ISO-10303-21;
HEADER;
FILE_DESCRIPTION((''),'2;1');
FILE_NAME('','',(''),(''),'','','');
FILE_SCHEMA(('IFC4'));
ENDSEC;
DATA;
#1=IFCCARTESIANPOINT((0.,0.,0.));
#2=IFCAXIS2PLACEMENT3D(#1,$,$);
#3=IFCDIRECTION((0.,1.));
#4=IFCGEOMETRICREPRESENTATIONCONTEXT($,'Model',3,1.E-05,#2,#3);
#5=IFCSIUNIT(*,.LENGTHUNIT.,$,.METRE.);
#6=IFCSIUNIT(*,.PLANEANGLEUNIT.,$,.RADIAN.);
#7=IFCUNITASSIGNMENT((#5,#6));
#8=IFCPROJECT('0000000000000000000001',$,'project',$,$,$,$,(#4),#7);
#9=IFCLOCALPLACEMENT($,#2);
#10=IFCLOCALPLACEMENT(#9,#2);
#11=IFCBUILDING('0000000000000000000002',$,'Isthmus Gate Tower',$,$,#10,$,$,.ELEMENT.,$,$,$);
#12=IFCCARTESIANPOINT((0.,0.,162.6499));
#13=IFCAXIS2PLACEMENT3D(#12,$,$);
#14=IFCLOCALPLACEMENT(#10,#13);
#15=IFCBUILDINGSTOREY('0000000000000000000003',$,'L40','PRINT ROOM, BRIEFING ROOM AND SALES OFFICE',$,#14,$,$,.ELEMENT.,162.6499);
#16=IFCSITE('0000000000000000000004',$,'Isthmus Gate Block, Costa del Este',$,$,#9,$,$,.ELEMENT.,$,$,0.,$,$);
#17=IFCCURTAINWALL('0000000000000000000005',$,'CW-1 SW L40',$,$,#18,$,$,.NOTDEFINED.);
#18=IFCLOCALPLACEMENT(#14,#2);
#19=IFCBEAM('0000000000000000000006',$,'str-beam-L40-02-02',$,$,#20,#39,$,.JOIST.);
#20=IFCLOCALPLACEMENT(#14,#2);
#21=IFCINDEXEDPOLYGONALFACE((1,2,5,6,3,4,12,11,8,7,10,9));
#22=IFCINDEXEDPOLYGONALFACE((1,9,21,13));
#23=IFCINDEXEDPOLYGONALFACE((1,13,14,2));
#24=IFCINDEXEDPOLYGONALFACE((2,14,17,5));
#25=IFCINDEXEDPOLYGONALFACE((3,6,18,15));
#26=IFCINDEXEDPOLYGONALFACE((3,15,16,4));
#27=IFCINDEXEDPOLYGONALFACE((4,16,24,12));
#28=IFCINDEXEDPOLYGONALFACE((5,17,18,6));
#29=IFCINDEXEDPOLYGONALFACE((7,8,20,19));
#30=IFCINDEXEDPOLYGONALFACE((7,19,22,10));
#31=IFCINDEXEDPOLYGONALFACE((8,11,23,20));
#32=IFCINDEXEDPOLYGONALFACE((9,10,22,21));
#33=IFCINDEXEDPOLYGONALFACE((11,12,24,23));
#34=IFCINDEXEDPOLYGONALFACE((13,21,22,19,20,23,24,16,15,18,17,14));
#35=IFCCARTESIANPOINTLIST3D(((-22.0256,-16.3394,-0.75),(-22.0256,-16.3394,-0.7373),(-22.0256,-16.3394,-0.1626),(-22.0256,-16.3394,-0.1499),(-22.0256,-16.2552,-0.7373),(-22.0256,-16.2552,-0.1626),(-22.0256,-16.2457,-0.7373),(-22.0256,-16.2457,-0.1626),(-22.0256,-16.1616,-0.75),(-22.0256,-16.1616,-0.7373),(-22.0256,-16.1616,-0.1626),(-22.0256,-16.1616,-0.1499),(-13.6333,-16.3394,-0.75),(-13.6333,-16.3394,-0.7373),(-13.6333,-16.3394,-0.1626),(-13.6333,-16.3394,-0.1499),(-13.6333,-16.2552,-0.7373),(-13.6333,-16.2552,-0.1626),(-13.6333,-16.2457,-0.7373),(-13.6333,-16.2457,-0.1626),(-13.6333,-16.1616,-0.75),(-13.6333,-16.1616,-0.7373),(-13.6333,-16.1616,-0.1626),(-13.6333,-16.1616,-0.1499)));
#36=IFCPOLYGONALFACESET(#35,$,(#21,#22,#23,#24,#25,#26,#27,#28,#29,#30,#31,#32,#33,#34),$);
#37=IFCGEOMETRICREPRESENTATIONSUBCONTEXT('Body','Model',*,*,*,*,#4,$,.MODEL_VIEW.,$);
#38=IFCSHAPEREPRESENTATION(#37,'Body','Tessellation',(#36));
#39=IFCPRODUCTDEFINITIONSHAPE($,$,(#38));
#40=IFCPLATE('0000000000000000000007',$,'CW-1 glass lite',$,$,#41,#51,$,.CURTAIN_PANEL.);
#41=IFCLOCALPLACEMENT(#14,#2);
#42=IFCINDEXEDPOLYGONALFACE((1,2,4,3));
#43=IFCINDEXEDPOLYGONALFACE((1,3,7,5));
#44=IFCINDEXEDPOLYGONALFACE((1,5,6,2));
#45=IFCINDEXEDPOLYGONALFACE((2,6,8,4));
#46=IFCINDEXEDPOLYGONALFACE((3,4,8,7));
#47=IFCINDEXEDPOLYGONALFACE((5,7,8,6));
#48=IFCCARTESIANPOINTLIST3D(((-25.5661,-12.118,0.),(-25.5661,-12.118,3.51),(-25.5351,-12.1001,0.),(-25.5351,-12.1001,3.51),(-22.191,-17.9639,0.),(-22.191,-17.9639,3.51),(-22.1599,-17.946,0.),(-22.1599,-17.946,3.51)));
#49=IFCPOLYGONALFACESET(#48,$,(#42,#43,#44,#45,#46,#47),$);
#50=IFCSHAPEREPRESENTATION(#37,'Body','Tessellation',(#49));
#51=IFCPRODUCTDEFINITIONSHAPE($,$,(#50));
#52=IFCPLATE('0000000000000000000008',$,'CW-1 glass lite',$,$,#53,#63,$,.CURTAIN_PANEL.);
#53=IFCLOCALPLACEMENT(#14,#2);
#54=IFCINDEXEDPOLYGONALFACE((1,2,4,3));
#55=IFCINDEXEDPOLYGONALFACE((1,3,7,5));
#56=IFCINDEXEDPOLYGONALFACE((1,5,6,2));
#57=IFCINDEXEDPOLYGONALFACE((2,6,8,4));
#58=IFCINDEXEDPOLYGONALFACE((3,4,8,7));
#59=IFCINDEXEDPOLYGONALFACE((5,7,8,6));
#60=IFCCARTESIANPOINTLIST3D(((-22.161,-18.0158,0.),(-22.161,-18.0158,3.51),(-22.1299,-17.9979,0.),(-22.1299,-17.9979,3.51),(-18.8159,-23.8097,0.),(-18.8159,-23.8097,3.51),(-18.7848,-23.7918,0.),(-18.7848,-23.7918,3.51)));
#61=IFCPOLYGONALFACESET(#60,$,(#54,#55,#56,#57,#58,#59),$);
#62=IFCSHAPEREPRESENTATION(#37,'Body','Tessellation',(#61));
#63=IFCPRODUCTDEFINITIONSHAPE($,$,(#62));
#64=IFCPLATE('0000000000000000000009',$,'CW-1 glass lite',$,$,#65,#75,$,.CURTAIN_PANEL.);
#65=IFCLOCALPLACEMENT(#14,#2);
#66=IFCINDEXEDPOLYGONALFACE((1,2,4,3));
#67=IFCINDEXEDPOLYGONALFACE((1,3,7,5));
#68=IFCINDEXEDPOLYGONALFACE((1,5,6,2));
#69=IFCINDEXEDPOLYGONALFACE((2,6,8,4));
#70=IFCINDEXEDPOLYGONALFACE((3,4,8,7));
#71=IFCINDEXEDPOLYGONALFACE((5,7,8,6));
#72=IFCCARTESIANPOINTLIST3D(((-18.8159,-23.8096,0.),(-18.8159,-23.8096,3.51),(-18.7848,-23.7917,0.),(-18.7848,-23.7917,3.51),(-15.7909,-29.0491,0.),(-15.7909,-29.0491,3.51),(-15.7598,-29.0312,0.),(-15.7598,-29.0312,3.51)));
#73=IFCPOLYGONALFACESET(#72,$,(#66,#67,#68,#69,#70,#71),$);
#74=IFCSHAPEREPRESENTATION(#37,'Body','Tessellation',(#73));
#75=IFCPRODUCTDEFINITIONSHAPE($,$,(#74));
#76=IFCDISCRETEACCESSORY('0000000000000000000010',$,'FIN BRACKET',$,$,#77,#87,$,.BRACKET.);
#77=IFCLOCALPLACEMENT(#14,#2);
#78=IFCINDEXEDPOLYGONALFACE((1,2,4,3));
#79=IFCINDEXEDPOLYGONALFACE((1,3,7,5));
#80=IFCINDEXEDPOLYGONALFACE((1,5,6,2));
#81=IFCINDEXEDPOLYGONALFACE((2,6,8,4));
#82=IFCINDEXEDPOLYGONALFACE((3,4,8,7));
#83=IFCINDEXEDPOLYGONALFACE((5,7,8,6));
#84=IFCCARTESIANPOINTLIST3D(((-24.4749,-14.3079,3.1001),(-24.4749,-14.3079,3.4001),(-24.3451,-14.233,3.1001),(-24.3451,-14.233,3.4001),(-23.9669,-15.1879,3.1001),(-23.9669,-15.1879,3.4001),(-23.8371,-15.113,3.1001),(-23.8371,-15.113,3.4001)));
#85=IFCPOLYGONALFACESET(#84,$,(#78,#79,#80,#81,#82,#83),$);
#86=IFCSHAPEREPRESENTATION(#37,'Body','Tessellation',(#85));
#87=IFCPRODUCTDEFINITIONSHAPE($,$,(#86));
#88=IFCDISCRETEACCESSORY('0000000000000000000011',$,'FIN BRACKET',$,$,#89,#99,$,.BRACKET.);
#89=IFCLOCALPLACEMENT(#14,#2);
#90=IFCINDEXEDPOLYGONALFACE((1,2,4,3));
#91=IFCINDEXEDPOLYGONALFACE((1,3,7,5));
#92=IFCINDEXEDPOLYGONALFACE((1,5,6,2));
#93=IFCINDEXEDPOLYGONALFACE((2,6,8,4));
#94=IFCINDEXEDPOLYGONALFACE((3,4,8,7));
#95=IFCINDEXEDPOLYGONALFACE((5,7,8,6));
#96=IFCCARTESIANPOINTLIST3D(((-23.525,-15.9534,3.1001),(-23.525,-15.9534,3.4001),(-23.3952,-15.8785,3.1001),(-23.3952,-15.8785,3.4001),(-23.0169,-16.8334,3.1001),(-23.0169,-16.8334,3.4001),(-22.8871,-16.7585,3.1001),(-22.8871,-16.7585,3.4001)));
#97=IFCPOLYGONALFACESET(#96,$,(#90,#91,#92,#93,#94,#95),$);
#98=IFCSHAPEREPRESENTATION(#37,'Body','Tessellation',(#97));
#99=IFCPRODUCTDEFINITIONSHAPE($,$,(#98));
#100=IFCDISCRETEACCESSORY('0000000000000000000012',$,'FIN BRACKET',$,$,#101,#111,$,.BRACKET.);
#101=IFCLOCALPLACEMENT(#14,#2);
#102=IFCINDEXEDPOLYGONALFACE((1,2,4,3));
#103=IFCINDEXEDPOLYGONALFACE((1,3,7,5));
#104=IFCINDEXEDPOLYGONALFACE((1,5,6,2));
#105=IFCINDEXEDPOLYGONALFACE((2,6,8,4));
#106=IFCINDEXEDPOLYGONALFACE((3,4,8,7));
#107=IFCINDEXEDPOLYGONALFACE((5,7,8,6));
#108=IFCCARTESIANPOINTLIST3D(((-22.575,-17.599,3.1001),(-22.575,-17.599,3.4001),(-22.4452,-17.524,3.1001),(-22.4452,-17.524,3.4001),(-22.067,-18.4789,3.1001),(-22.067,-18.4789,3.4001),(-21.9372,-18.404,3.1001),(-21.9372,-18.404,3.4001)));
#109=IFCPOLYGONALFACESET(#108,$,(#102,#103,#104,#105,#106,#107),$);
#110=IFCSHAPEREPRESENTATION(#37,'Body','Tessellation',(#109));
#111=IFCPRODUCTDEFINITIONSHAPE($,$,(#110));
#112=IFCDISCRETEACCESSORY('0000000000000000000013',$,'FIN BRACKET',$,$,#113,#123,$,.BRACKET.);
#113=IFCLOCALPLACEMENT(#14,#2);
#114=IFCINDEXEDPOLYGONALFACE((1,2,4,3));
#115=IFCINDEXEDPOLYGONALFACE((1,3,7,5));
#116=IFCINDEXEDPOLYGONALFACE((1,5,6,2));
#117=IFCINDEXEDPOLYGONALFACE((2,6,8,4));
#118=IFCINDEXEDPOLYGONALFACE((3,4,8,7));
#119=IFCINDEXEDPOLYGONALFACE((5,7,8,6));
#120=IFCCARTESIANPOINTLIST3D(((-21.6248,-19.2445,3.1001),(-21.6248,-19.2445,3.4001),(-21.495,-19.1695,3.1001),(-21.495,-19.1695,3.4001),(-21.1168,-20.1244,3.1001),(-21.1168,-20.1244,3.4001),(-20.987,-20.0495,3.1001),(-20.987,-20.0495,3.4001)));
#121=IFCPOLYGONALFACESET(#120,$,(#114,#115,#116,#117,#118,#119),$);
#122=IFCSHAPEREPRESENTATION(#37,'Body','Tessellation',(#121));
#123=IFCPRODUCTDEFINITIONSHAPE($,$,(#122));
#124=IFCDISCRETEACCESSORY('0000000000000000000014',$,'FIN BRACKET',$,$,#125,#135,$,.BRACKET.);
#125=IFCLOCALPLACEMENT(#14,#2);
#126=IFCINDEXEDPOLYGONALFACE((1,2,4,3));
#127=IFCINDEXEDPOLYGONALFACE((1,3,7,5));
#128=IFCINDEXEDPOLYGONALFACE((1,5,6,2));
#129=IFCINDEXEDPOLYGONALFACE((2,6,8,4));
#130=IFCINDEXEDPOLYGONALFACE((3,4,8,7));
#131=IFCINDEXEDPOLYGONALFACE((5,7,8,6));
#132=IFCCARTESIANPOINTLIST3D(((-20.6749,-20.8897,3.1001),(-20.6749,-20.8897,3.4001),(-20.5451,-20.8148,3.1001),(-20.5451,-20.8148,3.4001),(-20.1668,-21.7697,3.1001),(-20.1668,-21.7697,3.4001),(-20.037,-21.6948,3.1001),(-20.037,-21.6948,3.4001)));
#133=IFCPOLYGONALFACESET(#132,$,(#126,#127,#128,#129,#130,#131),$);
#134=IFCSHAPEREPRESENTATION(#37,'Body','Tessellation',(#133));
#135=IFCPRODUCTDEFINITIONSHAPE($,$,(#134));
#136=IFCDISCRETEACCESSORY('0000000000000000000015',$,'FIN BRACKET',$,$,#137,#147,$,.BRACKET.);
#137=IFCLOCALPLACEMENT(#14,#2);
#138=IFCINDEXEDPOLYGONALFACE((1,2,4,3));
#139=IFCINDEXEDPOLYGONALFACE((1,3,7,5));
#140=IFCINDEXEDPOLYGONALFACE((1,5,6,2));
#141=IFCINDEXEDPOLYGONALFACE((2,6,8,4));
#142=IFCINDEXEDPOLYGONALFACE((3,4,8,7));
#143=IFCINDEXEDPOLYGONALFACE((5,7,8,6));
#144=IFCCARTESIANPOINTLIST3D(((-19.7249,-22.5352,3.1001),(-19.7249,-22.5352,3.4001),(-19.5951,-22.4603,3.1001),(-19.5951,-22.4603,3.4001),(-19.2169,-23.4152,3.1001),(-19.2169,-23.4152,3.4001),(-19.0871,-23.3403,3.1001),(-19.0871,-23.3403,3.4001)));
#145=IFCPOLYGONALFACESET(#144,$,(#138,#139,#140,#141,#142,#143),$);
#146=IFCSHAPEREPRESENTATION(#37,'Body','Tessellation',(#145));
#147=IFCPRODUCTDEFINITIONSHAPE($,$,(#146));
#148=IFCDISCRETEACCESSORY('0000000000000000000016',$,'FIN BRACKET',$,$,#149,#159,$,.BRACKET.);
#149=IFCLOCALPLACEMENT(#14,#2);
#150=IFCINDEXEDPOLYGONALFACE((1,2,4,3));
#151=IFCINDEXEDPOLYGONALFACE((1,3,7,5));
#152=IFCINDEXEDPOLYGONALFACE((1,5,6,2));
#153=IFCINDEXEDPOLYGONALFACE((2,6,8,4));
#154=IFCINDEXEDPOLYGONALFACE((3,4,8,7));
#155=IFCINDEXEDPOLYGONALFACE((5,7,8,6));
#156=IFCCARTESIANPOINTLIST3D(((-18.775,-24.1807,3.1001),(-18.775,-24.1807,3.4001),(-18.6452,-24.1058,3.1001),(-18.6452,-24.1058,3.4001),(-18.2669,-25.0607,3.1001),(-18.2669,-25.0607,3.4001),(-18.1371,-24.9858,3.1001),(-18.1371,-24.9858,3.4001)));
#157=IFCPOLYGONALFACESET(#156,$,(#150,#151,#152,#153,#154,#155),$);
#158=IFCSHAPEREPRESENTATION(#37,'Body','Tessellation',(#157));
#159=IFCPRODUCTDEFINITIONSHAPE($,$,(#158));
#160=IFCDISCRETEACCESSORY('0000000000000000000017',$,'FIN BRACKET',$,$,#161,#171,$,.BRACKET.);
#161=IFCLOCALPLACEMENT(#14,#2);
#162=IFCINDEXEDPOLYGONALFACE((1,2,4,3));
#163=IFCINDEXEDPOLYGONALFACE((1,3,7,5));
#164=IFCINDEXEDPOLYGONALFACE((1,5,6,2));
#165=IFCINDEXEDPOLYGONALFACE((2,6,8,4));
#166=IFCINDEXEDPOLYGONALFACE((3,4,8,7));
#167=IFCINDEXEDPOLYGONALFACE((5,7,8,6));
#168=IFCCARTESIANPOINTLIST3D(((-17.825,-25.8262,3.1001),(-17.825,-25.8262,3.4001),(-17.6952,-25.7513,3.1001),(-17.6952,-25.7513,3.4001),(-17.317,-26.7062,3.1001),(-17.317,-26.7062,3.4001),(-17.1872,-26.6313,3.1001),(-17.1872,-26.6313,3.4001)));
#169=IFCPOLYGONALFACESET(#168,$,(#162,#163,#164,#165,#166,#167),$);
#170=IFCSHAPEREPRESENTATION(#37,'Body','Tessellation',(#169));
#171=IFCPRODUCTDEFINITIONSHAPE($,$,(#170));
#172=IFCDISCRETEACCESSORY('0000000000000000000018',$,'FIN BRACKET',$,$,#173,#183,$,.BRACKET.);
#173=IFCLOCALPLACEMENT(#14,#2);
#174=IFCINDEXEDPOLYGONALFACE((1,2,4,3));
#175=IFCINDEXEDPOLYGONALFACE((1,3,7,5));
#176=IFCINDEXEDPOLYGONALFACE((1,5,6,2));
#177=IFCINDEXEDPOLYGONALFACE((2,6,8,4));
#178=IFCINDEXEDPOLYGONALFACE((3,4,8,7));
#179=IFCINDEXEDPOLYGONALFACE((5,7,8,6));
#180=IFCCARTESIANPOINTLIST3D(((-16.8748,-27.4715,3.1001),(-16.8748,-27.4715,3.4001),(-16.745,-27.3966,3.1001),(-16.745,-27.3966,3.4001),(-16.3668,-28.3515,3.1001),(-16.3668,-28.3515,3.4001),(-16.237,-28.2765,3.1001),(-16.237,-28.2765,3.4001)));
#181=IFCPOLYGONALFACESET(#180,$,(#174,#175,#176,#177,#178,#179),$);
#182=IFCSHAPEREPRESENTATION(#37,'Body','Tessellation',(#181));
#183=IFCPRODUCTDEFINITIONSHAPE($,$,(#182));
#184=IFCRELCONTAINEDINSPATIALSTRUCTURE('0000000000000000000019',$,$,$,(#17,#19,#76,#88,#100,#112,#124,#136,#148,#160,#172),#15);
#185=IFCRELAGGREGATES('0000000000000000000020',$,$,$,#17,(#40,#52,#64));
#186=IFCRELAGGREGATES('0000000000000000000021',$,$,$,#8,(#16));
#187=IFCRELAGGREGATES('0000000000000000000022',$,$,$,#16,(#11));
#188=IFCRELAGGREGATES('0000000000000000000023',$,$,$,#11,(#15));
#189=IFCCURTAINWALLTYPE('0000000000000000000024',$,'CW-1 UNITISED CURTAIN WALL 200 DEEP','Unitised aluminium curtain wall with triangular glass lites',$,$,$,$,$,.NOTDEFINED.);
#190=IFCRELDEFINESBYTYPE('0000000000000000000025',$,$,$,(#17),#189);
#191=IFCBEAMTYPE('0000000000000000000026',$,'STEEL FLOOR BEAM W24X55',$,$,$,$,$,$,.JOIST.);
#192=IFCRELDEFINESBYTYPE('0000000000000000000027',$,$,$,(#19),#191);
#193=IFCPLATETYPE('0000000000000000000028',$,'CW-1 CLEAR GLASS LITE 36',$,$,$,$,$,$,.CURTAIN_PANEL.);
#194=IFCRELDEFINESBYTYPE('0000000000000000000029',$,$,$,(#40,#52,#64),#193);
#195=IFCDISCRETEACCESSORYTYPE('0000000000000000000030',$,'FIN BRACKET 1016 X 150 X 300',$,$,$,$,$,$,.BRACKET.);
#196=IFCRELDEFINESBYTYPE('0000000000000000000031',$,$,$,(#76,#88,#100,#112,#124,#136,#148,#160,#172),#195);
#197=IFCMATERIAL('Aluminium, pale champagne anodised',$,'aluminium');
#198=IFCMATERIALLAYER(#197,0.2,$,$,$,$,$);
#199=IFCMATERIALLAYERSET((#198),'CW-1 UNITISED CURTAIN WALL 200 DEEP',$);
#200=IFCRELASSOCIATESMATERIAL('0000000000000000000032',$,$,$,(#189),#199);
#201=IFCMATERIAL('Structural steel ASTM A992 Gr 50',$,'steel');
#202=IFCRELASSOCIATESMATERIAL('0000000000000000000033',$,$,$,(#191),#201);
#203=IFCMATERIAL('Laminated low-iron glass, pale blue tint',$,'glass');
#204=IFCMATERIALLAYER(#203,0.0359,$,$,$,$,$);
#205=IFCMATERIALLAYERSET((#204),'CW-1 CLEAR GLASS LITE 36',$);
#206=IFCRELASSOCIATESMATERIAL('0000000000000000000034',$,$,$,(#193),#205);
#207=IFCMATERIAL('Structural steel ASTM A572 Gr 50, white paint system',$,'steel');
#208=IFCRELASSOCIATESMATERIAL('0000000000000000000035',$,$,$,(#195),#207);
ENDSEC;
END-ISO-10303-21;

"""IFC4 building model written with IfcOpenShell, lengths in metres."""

from ifc_helpers import new_model, si_unit, direction, frame, origin, origin_2d, place, context, subcontext, project, spatial, rectangle, i_section, extrude, material, layer, layer_set, material_profile, profile_set, type_object, element, aggregate, save


model = new_model("IFC4")

# Units and contexts
model_context = context("Model", 3, precision=1e-05, world=origin(), true_north=direction((0.0, 1.0)))
body_context = subcontext(model_context, "Body", "Model", "MODEL_VIEW")
ifc_project = project(units=[si_unit("LENGTHUNIT", "METRE"), si_unit("PLANEANGLEUNIT", "RADIAN")], contexts=[model_context])

# Site, building, storey
site_placement = place(None, origin())
site = spatial("IfcSite", under=ifc_project, at=site_placement, Name="Isthmus Gate Block, Costa del Este", CompositionType="ELEMENT", RefElevation=0.0)
building_placement = place(site_placement, origin())
building = spatial("IfcBuilding", under=site, at=building_placement, Name="Isthmus Gate Tower", CompositionType="ELEMENT")
storey_placement = place(building_placement, frame((0.0, 0.0, 162.6499)))
storey = spatial("IfcBuildingStorey", under=building, at=storey_placement, Name="L40", Description="PRINT ROOM, BRIEFING ROOM AND SALES OFFICE", CompositionType="ELEMENT", Elevation=162.6499)

# Curtain wall
ifc_material_1 = material(Name="Aluminium, pale champagne anodised", Category="aluminium")
ifc_layer_1 = layer(ifc_material_1, 0.2)
ifc_layer_set_1 = layer_set([ifc_layer_1], Name="CW-1 UNITISED CURTAIN WALL 200 DEEP")
curtain_wall_type = type_object("IfcCurtainWallType", Name="CW-1 UNITISED CURTAIN WALL 200 DEEP", Description="Unitised aluminium curtain wall with triangular glass lites", PredefinedType="NOTDEFINED", material=ifc_layer_set_1)
curtain_wall_1_placement = place(storey_placement, origin())
curtain_wall_1 = element("IfcCurtainWall", 1, at=curtain_wall_1_placement, inside=storey, type_object=curtain_wall_type, Name="CW-1 SW L40", PredefinedType="NOTDEFINED")

# Beam
ifc_material_2 = material(Name="Structural steel ASTM A992 Gr 50", Category="steel")
ifc_material_profile_1 = material_profile(ifc_material_2, i_section(OverallWidth=0.1777, OverallDepth=0.6001, WebThickness=0.0095, FlangeThickness=0.0127, at=origin_2d()), Name="W24X55")
ifc_profile_set_1 = profile_set([ifc_material_profile_1], Name="Structural steel ASTM A992 Gr 50")
beam_type_1 = type_object("IfcBeamType", Name="STEEL FLOOR BEAM W24X55", PredefinedType="JOIST", material=ifc_profile_set_1)
beam_1_placement = place(storey_placement, frame((-22.0256, -16.2505, -0.45), z_axis=(1.0, 0.0, 0.0), x_axis=(0.0, 1.0, 0.0)))
element("IfcBeam", 2, at=beam_1_placement, inside=storey, type_object=beam_type_1, Name="str-beam-L40-02-02", PredefinedType="JOIST", context=body_context, shape_type="SweptSolid", body=[
    extrude(i_section(OverallWidth=0.1777, OverallDepth=0.6001, WebThickness=0.0095, FlangeThickness=0.0127, at=origin_2d()), origin(), (0.0, 0.0, 1.0), 8.3923),
])

# Plates
ifc_material_3 = material(Name="Laminated low-iron glass, pale blue tint", Category="glass")
ifc_layer_2 = layer(ifc_material_3, 0.0359)
ifc_layer_set_2 = layer_set([ifc_layer_2], Name="CW-1 CLEAR GLASS LITE 36")
plate_type = type_object("IfcPlateType", Name="CW-1 CLEAR GLASS LITE 36", PredefinedType="CURTAIN_PANEL", material=ifc_layer_set_2)
plate_1_placement = place(storey_placement, frame((-23.863, -15.032, 0.0), z_axis=(0.0, 0.0, 1.0), x_axis=(0.5, -0.866025, 0.0)))
plate_1 = element("IfcPlate", 3, at=plate_1_placement, type_object=plate_type, Name="CW-1 glass lite", PredefinedType="CURTAIN_PANEL", context=body_context, shape_type="SweptSolid", body=[
    extrude(rectangle(XDim=6.7502, YDim=0.0359, at=origin_2d()), origin(), (0.0, 0.0, 1.0), 3.51),
])
plate_2_placement = place(storey_placement, frame((-20.4729, -20.9038, 0.0), z_axis=(0.0, 0.0, 1.0), x_axis=(0.5, -0.866025, 0.0)))
plate_2 = element("IfcPlate", 4, at=plate_2_placement, type_object=plate_type, Name="CW-1 glass lite", PredefinedType="CURTAIN_PANEL", context=body_context, shape_type="SweptSolid", body=[
    extrude(rectangle(XDim=6.6902, YDim=0.0359, at=origin_2d()), origin(), (0.0, 0.0, 1.0), 3.51),
])
plate_3_placement = place(storey_placement, frame((-17.2878, -26.4204, 0.0), z_axis=(0.0, 0.0, 1.0), x_axis=(0.5, -0.866025, 0.0)))
plate_3 = element("IfcPlate", 5, at=plate_3_placement, type_object=plate_type, Name="CW-1 glass lite", PredefinedType="CURTAIN_PANEL", context=body_context, shape_type="SweptSolid", body=[
    extrude(rectangle(XDim=6.05, YDim=0.0359, at=origin_2d()), origin(), (0.0, 0.0, 1.0), 3.51),
])
aggregate(curtain_wall_1, [plate_1, plate_2, plate_3])

# Discrete accessories
ifc_material_4 = material(Name="Structural steel ASTM A572 Gr 50, white paint system", Category="steel")
discrete_accessory_type = type_object("IfcDiscreteAccessoryType", Name="FIN BRACKET 1016 X 150 X 300", PredefinedType="BRACKET", material=ifc_material_4)
for number, where, z_axis, x_axis, name in (
    (6, (-24.156, -14.7104, 3.1001), (0.0, 0.0, 1.0), (-0.866025, -0.5, 0.0), "FIN BRACKET"),
    (7, (-23.2061, -16.356, 3.1001), (0.0, 0.0, 1.0), (-0.866025, -0.5, 0.0), "FIN BRACKET"),
    (8, (-22.2561, -18.0015, 3.1001), (0.0, 0.0, 1.0), (-0.866025, -0.5, 0.0), "FIN BRACKET"),
    (9, (-21.3059, -19.647, 3.1001), (0.0, 0.0, 1.0), (-0.866025, -0.5, 0.0), "FIN BRACKET"),
    (10, (-20.356, -21.2922, 3.1001), (0.0, 0.0, 1.0), (-0.866025, -0.5, 0.0), "FIN BRACKET"),
    (11, (-19.406, -22.9377, 3.1001), (0.0, 0.0, 1.0), (-0.866025, -0.5, 0.0), "FIN BRACKET"),
    (12, (-18.4561, -24.5833, 3.1001), (0.0, 0.0, 1.0), (-0.866025, -0.5, 0.0), "FIN BRACKET"),
    (13, (-17.5061, -26.2288, 3.1001), (0.0, 0.0, 1.0), (-0.866025, -0.5, 0.0), "FIN BRACKET"),
    (14, (-16.5559, -27.874, 3.1001), (0.0, 0.0, 1.0), (-0.866025, -0.5, 0.0), "FIN BRACKET"),
):
    element("IfcDiscreteAccessory", number, at=place(storey_placement, frame(where, z_axis=z_axis, x_axis=x_axis)), inside=storey, type_object=discrete_accessory_type, Name=name, PredefinedType="BRACKET", context=body_context, shape_type="SweptSolid", body=[
        extrude(rectangle(XDim=0.1499, YDim=1.0161, at=origin_2d()), origin(), (0.0, 0.0, 1.0), 0.3),
    ])

save(model, "model.ifc")
